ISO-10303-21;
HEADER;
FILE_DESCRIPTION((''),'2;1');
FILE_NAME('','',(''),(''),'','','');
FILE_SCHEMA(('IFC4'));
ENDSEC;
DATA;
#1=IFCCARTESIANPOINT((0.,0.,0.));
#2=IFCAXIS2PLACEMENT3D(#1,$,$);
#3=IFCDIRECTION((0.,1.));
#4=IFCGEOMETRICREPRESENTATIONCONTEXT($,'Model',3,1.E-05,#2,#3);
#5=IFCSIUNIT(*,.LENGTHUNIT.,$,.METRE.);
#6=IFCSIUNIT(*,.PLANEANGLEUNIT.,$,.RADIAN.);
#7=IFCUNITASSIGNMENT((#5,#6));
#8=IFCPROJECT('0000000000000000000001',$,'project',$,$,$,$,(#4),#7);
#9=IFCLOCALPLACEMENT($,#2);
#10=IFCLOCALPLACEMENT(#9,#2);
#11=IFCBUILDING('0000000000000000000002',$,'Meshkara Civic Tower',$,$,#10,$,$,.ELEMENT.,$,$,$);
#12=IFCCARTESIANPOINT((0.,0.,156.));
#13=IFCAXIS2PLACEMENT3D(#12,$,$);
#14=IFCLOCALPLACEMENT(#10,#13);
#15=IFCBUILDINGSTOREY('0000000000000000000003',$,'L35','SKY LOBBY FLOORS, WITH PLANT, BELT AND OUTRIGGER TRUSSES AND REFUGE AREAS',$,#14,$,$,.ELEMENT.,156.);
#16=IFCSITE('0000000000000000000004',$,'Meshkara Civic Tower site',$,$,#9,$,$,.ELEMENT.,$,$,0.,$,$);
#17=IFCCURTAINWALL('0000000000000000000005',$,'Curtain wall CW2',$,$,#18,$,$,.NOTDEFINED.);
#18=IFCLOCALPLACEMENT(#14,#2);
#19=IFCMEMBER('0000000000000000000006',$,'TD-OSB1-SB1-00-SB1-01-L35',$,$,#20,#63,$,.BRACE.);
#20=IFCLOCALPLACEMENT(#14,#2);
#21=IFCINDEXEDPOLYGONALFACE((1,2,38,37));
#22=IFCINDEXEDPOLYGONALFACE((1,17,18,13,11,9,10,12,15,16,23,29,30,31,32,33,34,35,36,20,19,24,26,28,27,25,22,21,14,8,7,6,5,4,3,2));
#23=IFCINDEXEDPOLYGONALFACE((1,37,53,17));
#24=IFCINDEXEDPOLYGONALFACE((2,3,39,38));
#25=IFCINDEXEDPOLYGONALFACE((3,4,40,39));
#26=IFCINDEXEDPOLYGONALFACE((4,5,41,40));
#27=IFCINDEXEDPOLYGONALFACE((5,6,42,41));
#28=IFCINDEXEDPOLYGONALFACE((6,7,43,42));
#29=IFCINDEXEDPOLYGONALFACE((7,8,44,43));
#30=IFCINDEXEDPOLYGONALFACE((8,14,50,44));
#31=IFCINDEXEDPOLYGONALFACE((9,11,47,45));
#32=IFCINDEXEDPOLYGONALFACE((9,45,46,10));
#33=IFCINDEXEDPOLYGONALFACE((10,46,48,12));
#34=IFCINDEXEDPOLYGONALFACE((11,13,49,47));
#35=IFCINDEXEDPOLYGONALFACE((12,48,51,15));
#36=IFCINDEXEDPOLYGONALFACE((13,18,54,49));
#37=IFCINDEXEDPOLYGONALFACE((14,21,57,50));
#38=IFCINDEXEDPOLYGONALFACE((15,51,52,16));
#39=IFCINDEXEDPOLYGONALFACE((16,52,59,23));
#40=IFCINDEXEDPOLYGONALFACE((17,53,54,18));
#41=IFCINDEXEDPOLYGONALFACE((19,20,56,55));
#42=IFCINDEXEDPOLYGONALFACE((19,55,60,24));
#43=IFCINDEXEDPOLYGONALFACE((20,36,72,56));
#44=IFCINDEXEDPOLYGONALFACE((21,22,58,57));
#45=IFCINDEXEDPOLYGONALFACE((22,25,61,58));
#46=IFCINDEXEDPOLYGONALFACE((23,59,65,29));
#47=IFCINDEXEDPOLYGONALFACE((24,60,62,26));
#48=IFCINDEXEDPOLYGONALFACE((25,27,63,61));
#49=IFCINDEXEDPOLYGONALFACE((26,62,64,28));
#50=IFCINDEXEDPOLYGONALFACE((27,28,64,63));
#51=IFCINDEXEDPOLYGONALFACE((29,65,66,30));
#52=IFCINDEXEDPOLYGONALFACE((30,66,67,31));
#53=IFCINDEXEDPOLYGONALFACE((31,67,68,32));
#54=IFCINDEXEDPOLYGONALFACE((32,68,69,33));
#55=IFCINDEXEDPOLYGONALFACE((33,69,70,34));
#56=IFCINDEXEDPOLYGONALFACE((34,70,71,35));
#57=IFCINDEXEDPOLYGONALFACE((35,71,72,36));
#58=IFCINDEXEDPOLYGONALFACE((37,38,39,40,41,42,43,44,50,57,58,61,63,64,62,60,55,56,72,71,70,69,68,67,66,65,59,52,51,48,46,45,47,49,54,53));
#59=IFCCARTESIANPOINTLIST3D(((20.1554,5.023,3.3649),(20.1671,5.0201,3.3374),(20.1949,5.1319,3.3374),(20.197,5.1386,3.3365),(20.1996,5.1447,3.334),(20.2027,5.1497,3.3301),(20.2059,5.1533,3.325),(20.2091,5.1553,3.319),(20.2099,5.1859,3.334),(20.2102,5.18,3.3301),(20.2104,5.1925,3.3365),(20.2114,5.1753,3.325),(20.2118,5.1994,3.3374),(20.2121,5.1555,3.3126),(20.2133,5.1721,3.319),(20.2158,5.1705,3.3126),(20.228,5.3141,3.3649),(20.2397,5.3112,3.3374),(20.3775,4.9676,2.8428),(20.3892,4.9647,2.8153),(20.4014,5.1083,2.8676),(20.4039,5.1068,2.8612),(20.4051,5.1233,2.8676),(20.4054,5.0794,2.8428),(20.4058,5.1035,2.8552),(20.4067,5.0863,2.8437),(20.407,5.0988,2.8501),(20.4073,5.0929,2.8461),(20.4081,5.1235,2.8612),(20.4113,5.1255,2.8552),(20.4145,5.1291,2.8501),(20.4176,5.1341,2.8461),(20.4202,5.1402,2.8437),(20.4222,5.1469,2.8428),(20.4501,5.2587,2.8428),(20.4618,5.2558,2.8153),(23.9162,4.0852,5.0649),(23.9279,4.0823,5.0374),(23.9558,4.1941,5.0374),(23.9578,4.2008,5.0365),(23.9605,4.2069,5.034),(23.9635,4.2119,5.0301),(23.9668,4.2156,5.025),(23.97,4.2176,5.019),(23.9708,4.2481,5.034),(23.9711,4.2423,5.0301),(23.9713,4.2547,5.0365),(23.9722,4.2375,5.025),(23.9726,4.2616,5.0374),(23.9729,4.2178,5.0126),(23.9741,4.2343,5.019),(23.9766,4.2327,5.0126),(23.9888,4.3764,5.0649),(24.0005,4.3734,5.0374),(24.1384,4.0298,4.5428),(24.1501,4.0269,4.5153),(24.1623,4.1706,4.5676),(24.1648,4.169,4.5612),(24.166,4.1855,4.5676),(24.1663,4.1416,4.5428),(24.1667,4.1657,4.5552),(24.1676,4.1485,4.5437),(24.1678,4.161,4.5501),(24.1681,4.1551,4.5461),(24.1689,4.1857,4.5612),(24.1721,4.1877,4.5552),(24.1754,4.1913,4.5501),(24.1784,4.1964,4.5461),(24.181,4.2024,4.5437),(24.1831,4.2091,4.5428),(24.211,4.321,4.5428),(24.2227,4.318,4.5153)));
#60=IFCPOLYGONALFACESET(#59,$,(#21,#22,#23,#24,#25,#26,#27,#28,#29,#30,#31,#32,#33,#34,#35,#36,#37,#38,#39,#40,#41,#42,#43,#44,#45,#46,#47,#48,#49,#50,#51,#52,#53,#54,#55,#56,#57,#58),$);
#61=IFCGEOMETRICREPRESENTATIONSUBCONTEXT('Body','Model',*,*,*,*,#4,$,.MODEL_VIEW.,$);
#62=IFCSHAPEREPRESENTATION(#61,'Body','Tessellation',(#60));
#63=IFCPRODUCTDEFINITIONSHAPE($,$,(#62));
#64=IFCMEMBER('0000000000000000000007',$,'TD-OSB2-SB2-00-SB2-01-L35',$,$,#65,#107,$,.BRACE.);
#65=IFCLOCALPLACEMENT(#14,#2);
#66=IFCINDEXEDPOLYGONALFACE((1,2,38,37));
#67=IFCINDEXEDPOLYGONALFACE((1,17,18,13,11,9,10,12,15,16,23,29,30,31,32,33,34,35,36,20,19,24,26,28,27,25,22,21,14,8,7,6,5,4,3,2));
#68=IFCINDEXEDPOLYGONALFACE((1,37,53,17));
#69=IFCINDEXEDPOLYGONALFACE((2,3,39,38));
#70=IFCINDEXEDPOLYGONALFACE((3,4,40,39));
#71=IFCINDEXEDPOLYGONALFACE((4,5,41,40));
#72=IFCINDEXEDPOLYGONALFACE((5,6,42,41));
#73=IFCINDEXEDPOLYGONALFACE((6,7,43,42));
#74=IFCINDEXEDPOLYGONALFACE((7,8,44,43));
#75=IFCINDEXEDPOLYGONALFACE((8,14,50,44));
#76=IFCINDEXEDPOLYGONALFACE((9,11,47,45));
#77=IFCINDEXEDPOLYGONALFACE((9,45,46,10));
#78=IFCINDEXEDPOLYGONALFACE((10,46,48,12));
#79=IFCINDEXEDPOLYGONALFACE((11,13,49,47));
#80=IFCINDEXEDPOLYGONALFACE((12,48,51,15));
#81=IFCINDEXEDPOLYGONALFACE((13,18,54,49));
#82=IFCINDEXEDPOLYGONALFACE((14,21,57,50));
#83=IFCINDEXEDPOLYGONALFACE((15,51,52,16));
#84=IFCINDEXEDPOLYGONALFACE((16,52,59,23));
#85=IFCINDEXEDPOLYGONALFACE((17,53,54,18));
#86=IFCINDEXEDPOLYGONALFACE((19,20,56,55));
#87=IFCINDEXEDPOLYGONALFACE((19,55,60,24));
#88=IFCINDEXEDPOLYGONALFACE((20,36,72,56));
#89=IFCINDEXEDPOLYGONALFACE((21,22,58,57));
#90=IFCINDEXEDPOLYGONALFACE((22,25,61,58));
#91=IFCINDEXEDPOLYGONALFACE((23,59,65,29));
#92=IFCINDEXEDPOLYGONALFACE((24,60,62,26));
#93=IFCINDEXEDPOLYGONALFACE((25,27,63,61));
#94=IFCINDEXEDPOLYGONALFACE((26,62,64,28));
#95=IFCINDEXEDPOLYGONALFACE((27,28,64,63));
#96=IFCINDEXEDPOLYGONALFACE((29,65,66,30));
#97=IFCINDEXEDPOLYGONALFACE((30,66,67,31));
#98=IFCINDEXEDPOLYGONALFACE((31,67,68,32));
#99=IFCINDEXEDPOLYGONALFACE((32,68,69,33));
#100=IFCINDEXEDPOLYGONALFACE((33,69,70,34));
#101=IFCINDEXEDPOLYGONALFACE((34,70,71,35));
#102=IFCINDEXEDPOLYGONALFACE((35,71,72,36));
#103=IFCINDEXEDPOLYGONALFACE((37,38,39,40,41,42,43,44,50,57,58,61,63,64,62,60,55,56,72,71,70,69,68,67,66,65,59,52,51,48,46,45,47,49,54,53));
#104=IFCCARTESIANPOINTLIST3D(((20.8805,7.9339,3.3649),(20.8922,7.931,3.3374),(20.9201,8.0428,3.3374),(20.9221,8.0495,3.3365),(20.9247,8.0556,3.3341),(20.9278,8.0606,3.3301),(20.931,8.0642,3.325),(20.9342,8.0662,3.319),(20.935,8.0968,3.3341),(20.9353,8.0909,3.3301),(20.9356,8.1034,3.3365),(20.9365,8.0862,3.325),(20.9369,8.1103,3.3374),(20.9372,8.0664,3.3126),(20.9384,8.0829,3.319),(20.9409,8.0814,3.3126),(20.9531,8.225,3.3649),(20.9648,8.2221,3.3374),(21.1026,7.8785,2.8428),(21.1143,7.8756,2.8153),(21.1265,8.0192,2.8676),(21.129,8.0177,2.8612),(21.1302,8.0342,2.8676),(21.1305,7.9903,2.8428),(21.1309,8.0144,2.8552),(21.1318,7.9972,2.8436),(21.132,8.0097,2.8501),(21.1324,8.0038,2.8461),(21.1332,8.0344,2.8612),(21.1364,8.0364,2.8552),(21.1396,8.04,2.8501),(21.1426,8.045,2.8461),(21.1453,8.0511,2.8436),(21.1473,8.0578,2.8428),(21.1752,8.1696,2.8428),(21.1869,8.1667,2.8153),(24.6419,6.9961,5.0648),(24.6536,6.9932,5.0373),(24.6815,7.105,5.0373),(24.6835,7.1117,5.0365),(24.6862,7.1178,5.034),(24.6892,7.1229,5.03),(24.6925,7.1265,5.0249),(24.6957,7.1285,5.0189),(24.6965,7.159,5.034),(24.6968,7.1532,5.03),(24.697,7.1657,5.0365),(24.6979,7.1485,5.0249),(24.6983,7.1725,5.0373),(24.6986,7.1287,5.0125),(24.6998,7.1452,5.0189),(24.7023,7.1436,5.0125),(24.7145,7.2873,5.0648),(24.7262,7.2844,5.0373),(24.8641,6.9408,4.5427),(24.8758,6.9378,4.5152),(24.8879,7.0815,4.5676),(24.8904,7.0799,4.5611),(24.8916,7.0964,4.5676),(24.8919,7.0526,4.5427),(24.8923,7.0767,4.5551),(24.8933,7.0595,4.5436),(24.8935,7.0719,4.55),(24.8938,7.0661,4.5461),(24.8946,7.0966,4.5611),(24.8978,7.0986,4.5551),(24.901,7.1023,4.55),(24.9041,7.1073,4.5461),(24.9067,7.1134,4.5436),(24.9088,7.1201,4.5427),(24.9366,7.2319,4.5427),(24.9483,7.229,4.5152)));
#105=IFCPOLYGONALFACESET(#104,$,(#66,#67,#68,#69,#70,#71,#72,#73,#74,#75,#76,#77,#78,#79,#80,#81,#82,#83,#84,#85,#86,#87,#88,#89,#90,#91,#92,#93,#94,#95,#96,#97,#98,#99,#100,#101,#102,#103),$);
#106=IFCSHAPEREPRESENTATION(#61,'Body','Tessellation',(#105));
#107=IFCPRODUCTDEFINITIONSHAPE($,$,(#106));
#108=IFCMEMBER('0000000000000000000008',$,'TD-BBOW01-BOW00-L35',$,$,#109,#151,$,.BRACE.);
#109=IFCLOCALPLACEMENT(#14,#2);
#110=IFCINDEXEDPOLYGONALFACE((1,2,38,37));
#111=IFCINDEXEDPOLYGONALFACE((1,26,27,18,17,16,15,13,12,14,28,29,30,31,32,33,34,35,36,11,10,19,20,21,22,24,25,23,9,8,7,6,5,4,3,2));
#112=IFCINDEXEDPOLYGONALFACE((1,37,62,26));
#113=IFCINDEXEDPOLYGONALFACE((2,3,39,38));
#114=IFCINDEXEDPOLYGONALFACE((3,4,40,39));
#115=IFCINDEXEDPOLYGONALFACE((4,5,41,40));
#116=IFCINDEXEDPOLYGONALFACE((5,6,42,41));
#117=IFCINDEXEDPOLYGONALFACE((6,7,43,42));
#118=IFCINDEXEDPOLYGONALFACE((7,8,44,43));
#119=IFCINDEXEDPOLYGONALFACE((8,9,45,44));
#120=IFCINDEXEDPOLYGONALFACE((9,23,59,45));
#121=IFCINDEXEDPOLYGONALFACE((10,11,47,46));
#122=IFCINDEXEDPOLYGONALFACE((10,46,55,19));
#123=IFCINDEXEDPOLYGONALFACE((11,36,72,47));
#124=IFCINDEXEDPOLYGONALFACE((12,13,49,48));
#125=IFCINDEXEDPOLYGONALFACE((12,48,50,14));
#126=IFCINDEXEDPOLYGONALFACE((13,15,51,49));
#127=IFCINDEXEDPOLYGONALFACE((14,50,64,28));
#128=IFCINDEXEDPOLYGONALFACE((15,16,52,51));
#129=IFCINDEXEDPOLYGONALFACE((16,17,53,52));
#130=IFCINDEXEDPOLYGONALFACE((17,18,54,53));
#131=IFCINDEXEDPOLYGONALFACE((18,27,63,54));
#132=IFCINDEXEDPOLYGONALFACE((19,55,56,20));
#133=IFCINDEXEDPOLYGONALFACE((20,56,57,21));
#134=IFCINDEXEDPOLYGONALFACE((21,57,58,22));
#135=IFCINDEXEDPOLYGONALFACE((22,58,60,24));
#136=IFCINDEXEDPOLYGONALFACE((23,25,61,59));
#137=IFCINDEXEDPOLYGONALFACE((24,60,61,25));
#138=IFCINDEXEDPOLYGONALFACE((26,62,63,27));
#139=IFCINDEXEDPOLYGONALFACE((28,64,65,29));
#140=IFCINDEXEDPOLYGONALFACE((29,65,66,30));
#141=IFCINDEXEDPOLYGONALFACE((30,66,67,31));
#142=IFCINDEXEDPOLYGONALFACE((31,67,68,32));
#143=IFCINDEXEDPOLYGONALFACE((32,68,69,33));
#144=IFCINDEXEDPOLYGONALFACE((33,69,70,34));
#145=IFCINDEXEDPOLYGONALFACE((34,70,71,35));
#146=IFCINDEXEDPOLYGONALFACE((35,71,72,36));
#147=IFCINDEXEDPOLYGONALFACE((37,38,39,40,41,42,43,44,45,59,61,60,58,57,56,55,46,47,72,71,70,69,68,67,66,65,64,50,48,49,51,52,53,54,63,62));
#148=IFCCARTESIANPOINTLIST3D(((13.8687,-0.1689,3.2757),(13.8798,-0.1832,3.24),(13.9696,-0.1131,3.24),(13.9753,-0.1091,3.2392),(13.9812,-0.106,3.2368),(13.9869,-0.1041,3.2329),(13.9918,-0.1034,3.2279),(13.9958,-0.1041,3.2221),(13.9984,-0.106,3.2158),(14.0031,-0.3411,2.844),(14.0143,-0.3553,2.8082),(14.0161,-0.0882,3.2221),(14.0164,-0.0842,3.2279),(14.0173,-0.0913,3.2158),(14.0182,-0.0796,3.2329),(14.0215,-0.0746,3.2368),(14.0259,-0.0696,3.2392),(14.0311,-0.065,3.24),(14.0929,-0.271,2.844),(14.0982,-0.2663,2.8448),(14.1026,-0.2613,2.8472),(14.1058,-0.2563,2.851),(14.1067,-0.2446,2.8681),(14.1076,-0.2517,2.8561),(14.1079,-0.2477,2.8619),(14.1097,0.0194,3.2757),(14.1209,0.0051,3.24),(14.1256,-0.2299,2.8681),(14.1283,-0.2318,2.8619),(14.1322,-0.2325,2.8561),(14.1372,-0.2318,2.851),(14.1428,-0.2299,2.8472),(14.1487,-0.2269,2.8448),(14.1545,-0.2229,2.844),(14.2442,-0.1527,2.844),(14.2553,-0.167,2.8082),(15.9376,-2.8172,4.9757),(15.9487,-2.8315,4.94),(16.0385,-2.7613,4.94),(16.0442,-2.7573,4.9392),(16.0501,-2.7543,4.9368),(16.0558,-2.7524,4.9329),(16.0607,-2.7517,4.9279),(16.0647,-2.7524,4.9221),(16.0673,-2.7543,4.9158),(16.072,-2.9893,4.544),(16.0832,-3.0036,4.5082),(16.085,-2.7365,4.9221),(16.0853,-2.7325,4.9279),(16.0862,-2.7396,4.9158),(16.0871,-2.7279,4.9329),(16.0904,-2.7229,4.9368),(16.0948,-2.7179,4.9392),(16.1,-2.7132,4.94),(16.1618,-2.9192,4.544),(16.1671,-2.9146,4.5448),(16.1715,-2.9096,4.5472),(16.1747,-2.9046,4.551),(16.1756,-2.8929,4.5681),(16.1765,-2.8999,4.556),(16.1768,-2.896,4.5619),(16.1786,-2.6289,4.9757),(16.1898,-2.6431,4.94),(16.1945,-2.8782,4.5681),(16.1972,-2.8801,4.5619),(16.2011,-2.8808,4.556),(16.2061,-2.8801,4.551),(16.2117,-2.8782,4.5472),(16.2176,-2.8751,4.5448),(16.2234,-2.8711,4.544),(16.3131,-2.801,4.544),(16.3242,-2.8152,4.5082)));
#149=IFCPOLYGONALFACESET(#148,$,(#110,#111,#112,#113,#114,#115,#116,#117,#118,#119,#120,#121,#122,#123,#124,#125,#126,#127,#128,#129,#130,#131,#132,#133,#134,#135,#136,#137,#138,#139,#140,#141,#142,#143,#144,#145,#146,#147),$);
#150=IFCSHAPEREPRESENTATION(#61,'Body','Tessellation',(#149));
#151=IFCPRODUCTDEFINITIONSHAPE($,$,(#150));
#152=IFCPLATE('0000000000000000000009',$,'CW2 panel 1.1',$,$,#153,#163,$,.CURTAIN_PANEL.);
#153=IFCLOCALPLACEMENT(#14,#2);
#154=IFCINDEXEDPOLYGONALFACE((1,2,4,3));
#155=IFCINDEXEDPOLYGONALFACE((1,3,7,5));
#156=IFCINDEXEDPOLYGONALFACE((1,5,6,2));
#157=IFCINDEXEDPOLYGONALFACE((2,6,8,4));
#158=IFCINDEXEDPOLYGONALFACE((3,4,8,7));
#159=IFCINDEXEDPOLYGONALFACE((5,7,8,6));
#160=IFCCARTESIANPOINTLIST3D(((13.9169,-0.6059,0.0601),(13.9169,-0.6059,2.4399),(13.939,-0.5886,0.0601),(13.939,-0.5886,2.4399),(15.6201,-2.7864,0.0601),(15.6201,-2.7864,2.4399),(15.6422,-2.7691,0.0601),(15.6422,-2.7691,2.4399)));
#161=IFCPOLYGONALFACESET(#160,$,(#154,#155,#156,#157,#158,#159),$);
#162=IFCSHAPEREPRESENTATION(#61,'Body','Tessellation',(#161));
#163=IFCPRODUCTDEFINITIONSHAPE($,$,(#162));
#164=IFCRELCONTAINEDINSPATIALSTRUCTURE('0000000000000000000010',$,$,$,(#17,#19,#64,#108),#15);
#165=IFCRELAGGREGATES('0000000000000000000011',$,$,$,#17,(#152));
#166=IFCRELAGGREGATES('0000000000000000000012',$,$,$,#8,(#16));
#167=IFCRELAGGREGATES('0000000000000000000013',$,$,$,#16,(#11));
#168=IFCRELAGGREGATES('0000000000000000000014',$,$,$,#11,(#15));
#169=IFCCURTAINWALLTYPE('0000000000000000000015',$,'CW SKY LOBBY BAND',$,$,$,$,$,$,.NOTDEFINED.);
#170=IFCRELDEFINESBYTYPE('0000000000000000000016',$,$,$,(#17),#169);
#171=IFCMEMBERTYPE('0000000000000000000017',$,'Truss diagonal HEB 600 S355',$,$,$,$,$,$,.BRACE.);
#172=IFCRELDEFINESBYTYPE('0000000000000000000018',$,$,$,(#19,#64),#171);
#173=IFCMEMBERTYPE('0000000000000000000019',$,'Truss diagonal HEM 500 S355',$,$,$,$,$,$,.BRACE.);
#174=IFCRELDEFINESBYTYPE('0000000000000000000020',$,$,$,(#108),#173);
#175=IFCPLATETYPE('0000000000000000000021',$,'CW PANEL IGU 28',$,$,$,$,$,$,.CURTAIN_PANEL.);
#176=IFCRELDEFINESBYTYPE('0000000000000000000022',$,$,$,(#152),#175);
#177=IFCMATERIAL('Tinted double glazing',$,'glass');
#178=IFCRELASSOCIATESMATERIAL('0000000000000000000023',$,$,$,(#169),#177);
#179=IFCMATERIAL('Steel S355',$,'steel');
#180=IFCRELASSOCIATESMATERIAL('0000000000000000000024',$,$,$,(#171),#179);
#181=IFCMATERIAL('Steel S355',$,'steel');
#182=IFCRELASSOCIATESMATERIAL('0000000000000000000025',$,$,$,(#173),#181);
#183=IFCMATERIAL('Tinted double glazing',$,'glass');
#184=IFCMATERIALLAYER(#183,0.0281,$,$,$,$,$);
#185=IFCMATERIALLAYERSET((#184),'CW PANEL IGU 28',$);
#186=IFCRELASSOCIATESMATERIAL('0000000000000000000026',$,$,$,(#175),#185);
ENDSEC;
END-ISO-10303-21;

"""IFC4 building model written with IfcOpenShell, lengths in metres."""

from ifc_helpers import new_model, si_unit, direction, frame, origin, origin_2d, place, context, subcontext, project, spatial, rectangle, i_section, extrude, material, layer, layer_set, material_profile, profile_set, type_object, element, aggregate, save


model = new_model("IFC4")

# Units and contexts
model_context = context("Model", 3, precision=1e-05, world=origin(), true_north=direction((0.0, 1.0)))
body_context = subcontext(model_context, "Body", "Model", "MODEL_VIEW")
ifc_project = project(units=[si_unit("LENGTHUNIT", "METRE"), si_unit("PLANEANGLEUNIT", "RADIAN")], contexts=[model_context])

# Site, building, storey
site_placement = place(None, origin())
site = spatial("IfcSite", under=ifc_project, at=site_placement, Name="Meshkara Civic Tower site", CompositionType="ELEMENT", RefElevation=0.0)
building_placement = place(site_placement, origin())
building = spatial("IfcBuilding", under=site, at=building_placement, Name="Meshkara Civic Tower", CompositionType="ELEMENT")
storey_placement = place(building_placement, frame((0.0, 0.0, 156.0)))
storey = spatial("IfcBuildingStorey", under=building, at=storey_placement, Name="L35", Description="SKY LOBBY FLOORS, WITH PLANT, BELT AND OUTRIGGER TRUSSES AND REFUGE AREAS", CompositionType="ELEMENT", Elevation=156.0)

# Curtain wall
ifc_material_1 = material(Name="Tinted double glazing", Category="glass")
curtain_wall_type = type_object("IfcCurtainWallType", Name="CW SKY LOBBY BAND", PredefinedType="NOTDEFINED", material=ifc_material_1)
curtain_wall_placement = place(storey_placement, origin())
curtain_wall = element("IfcCurtainWall", 1, at=curtain_wall_placement, inside=storey, type_object=curtain_wall_type, Name="Curtain wall CW2", PredefinedType="NOTDEFINED")

# Members
ifc_material_2 = material(Name="Steel S355", Category="steel")
ifc_material_profile_1 = material_profile(ifc_material_2, i_section(OverallWidth=0.3, OverallDepth=0.6001, WebThickness=0.0154, FlangeThickness=0.03, FilletRadius=0.0271, at=origin_2d()))
ifc_profile_set_1 = profile_set([ifc_material_profile_1], Name="Steel S355")
member_type_1 = type_object("IfcMemberType", Name="Truss diagonal HEB 600 S355", PredefinedType="BRACE", material=ifc_profile_set_1)
member_1_placement = place(storey_placement, frame((20.3086, 5.1394, 3.0901), z_axis=(0.888581, -0.221568, 0.401661), x_axis=(0.241943, 0.970291, 0.0)))
element("IfcMember", 2, at=member_1_placement, inside=storey, type_object=member_type_1, Name="TD-OSB1-SB1-00-SB1-01-L35", PredefinedType="BRACE", context=body_context, shape_type="SweptSolid", body=[
    extrude(i_section(OverallWidth=0.3, OverallDepth=0.6001, WebThickness=0.0154, FlangeThickness=0.03, FilletRadius=0.0271, at=origin_2d()), origin(), (0.0, 0.0, 1.0), 4.2324),
])
member_2_placement = place(storey_placement, frame((21.0337, 8.0503, 3.0901), z_axis=(0.888617, -0.221534, 0.401599), x_axis=(0.241898, 0.970302, 0.0)))
element("IfcMember", 3, at=member_2_placement, inside=storey, type_object=member_type_1, Name="TD-OSB2-SB2-00-SB2-01-L35", PredefinedType="BRACE", context=body_context, shape_type="SweptSolid", body=[
    extrude(i_section(OverallWidth=0.3, OverallDepth=0.6001, WebThickness=0.0154, FlangeThickness=0.03, FilletRadius=0.0271, at=origin_2d()), origin(), (0.0, 0.0, 1.0), 4.2329),
])
ifc_material_3 = material(Name="Steel S355", Category="steel")
ifc_material_profile_2 = material_profile(ifc_material_3, i_section(OverallWidth=0.3059, OverallDepth=0.5239, WebThickness=0.0239, FlangeThickness=0.04, FilletRadius=0.0271, at=origin_2d()))
ifc_profile_set_2 = profile_set([ifc_material_profile_2], Name="Steel S355")
member_type_2 = type_object("IfcMemberType", Name="Truss diagonal HEM 500 S355", PredefinedType="BRACE", material=ifc_profile_set_2)
member_3_placement = place(storey_placement, frame((14.062, -0.168, 3.042), z_axis=(0.549346, -0.703181, 0.451392), x_axis=(0.788032, 0.615634, 0.0)))
element("IfcMember", 4, at=member_3_placement, inside=storey, type_object=member_type_2, Name="TD-BBOW01-BOW00-L35", PredefinedType="BRACE", context=body_context, shape_type="SweptSolid", body=[
    extrude(i_section(OverallWidth=0.3059, OverallDepth=0.5239, WebThickness=0.0239, FlangeThickness=0.04, FilletRadius=0.0271, at=origin_2d()), origin(), (0.0, 0.0, 1.0), 3.7661),
])

# Plate
ifc_material_4 = material(Name="Tinted double glazing", Category="glass")
ifc_layer_1 = layer(ifc_material_4, 0.0281)
ifc_layer_set_1 = layer_set([ifc_layer_1], Name="CW PANEL IGU 28")
plate_type = type_object("IfcPlateType", Name="CW PANEL IGU 28", PredefinedType="CURTAIN_PANEL", material=ifc_layer_set_1)
plate_placement = place(storey_placement, frame((14.7795, -1.6875, 0.0601), z_axis=(0.0, 0.0, 1.0), x_axis=(0.61557, -0.788082, 0.0)))
plate = element("IfcPlate", 5, at=plate_placement, type_object=plate_type, Name="CW2 panel 1.1", PredefinedType="CURTAIN_PANEL", context=body_context, shape_type="SweptSolid", body=[
    extrude(rectangle(XDim=2.7668, YDim=0.0281, at=origin_2d()), origin(), (0.0, 0.0, 1.0), 2.3799),
])
aggregate(curtain_wall, [plate])

save(model, "model.ifc")
